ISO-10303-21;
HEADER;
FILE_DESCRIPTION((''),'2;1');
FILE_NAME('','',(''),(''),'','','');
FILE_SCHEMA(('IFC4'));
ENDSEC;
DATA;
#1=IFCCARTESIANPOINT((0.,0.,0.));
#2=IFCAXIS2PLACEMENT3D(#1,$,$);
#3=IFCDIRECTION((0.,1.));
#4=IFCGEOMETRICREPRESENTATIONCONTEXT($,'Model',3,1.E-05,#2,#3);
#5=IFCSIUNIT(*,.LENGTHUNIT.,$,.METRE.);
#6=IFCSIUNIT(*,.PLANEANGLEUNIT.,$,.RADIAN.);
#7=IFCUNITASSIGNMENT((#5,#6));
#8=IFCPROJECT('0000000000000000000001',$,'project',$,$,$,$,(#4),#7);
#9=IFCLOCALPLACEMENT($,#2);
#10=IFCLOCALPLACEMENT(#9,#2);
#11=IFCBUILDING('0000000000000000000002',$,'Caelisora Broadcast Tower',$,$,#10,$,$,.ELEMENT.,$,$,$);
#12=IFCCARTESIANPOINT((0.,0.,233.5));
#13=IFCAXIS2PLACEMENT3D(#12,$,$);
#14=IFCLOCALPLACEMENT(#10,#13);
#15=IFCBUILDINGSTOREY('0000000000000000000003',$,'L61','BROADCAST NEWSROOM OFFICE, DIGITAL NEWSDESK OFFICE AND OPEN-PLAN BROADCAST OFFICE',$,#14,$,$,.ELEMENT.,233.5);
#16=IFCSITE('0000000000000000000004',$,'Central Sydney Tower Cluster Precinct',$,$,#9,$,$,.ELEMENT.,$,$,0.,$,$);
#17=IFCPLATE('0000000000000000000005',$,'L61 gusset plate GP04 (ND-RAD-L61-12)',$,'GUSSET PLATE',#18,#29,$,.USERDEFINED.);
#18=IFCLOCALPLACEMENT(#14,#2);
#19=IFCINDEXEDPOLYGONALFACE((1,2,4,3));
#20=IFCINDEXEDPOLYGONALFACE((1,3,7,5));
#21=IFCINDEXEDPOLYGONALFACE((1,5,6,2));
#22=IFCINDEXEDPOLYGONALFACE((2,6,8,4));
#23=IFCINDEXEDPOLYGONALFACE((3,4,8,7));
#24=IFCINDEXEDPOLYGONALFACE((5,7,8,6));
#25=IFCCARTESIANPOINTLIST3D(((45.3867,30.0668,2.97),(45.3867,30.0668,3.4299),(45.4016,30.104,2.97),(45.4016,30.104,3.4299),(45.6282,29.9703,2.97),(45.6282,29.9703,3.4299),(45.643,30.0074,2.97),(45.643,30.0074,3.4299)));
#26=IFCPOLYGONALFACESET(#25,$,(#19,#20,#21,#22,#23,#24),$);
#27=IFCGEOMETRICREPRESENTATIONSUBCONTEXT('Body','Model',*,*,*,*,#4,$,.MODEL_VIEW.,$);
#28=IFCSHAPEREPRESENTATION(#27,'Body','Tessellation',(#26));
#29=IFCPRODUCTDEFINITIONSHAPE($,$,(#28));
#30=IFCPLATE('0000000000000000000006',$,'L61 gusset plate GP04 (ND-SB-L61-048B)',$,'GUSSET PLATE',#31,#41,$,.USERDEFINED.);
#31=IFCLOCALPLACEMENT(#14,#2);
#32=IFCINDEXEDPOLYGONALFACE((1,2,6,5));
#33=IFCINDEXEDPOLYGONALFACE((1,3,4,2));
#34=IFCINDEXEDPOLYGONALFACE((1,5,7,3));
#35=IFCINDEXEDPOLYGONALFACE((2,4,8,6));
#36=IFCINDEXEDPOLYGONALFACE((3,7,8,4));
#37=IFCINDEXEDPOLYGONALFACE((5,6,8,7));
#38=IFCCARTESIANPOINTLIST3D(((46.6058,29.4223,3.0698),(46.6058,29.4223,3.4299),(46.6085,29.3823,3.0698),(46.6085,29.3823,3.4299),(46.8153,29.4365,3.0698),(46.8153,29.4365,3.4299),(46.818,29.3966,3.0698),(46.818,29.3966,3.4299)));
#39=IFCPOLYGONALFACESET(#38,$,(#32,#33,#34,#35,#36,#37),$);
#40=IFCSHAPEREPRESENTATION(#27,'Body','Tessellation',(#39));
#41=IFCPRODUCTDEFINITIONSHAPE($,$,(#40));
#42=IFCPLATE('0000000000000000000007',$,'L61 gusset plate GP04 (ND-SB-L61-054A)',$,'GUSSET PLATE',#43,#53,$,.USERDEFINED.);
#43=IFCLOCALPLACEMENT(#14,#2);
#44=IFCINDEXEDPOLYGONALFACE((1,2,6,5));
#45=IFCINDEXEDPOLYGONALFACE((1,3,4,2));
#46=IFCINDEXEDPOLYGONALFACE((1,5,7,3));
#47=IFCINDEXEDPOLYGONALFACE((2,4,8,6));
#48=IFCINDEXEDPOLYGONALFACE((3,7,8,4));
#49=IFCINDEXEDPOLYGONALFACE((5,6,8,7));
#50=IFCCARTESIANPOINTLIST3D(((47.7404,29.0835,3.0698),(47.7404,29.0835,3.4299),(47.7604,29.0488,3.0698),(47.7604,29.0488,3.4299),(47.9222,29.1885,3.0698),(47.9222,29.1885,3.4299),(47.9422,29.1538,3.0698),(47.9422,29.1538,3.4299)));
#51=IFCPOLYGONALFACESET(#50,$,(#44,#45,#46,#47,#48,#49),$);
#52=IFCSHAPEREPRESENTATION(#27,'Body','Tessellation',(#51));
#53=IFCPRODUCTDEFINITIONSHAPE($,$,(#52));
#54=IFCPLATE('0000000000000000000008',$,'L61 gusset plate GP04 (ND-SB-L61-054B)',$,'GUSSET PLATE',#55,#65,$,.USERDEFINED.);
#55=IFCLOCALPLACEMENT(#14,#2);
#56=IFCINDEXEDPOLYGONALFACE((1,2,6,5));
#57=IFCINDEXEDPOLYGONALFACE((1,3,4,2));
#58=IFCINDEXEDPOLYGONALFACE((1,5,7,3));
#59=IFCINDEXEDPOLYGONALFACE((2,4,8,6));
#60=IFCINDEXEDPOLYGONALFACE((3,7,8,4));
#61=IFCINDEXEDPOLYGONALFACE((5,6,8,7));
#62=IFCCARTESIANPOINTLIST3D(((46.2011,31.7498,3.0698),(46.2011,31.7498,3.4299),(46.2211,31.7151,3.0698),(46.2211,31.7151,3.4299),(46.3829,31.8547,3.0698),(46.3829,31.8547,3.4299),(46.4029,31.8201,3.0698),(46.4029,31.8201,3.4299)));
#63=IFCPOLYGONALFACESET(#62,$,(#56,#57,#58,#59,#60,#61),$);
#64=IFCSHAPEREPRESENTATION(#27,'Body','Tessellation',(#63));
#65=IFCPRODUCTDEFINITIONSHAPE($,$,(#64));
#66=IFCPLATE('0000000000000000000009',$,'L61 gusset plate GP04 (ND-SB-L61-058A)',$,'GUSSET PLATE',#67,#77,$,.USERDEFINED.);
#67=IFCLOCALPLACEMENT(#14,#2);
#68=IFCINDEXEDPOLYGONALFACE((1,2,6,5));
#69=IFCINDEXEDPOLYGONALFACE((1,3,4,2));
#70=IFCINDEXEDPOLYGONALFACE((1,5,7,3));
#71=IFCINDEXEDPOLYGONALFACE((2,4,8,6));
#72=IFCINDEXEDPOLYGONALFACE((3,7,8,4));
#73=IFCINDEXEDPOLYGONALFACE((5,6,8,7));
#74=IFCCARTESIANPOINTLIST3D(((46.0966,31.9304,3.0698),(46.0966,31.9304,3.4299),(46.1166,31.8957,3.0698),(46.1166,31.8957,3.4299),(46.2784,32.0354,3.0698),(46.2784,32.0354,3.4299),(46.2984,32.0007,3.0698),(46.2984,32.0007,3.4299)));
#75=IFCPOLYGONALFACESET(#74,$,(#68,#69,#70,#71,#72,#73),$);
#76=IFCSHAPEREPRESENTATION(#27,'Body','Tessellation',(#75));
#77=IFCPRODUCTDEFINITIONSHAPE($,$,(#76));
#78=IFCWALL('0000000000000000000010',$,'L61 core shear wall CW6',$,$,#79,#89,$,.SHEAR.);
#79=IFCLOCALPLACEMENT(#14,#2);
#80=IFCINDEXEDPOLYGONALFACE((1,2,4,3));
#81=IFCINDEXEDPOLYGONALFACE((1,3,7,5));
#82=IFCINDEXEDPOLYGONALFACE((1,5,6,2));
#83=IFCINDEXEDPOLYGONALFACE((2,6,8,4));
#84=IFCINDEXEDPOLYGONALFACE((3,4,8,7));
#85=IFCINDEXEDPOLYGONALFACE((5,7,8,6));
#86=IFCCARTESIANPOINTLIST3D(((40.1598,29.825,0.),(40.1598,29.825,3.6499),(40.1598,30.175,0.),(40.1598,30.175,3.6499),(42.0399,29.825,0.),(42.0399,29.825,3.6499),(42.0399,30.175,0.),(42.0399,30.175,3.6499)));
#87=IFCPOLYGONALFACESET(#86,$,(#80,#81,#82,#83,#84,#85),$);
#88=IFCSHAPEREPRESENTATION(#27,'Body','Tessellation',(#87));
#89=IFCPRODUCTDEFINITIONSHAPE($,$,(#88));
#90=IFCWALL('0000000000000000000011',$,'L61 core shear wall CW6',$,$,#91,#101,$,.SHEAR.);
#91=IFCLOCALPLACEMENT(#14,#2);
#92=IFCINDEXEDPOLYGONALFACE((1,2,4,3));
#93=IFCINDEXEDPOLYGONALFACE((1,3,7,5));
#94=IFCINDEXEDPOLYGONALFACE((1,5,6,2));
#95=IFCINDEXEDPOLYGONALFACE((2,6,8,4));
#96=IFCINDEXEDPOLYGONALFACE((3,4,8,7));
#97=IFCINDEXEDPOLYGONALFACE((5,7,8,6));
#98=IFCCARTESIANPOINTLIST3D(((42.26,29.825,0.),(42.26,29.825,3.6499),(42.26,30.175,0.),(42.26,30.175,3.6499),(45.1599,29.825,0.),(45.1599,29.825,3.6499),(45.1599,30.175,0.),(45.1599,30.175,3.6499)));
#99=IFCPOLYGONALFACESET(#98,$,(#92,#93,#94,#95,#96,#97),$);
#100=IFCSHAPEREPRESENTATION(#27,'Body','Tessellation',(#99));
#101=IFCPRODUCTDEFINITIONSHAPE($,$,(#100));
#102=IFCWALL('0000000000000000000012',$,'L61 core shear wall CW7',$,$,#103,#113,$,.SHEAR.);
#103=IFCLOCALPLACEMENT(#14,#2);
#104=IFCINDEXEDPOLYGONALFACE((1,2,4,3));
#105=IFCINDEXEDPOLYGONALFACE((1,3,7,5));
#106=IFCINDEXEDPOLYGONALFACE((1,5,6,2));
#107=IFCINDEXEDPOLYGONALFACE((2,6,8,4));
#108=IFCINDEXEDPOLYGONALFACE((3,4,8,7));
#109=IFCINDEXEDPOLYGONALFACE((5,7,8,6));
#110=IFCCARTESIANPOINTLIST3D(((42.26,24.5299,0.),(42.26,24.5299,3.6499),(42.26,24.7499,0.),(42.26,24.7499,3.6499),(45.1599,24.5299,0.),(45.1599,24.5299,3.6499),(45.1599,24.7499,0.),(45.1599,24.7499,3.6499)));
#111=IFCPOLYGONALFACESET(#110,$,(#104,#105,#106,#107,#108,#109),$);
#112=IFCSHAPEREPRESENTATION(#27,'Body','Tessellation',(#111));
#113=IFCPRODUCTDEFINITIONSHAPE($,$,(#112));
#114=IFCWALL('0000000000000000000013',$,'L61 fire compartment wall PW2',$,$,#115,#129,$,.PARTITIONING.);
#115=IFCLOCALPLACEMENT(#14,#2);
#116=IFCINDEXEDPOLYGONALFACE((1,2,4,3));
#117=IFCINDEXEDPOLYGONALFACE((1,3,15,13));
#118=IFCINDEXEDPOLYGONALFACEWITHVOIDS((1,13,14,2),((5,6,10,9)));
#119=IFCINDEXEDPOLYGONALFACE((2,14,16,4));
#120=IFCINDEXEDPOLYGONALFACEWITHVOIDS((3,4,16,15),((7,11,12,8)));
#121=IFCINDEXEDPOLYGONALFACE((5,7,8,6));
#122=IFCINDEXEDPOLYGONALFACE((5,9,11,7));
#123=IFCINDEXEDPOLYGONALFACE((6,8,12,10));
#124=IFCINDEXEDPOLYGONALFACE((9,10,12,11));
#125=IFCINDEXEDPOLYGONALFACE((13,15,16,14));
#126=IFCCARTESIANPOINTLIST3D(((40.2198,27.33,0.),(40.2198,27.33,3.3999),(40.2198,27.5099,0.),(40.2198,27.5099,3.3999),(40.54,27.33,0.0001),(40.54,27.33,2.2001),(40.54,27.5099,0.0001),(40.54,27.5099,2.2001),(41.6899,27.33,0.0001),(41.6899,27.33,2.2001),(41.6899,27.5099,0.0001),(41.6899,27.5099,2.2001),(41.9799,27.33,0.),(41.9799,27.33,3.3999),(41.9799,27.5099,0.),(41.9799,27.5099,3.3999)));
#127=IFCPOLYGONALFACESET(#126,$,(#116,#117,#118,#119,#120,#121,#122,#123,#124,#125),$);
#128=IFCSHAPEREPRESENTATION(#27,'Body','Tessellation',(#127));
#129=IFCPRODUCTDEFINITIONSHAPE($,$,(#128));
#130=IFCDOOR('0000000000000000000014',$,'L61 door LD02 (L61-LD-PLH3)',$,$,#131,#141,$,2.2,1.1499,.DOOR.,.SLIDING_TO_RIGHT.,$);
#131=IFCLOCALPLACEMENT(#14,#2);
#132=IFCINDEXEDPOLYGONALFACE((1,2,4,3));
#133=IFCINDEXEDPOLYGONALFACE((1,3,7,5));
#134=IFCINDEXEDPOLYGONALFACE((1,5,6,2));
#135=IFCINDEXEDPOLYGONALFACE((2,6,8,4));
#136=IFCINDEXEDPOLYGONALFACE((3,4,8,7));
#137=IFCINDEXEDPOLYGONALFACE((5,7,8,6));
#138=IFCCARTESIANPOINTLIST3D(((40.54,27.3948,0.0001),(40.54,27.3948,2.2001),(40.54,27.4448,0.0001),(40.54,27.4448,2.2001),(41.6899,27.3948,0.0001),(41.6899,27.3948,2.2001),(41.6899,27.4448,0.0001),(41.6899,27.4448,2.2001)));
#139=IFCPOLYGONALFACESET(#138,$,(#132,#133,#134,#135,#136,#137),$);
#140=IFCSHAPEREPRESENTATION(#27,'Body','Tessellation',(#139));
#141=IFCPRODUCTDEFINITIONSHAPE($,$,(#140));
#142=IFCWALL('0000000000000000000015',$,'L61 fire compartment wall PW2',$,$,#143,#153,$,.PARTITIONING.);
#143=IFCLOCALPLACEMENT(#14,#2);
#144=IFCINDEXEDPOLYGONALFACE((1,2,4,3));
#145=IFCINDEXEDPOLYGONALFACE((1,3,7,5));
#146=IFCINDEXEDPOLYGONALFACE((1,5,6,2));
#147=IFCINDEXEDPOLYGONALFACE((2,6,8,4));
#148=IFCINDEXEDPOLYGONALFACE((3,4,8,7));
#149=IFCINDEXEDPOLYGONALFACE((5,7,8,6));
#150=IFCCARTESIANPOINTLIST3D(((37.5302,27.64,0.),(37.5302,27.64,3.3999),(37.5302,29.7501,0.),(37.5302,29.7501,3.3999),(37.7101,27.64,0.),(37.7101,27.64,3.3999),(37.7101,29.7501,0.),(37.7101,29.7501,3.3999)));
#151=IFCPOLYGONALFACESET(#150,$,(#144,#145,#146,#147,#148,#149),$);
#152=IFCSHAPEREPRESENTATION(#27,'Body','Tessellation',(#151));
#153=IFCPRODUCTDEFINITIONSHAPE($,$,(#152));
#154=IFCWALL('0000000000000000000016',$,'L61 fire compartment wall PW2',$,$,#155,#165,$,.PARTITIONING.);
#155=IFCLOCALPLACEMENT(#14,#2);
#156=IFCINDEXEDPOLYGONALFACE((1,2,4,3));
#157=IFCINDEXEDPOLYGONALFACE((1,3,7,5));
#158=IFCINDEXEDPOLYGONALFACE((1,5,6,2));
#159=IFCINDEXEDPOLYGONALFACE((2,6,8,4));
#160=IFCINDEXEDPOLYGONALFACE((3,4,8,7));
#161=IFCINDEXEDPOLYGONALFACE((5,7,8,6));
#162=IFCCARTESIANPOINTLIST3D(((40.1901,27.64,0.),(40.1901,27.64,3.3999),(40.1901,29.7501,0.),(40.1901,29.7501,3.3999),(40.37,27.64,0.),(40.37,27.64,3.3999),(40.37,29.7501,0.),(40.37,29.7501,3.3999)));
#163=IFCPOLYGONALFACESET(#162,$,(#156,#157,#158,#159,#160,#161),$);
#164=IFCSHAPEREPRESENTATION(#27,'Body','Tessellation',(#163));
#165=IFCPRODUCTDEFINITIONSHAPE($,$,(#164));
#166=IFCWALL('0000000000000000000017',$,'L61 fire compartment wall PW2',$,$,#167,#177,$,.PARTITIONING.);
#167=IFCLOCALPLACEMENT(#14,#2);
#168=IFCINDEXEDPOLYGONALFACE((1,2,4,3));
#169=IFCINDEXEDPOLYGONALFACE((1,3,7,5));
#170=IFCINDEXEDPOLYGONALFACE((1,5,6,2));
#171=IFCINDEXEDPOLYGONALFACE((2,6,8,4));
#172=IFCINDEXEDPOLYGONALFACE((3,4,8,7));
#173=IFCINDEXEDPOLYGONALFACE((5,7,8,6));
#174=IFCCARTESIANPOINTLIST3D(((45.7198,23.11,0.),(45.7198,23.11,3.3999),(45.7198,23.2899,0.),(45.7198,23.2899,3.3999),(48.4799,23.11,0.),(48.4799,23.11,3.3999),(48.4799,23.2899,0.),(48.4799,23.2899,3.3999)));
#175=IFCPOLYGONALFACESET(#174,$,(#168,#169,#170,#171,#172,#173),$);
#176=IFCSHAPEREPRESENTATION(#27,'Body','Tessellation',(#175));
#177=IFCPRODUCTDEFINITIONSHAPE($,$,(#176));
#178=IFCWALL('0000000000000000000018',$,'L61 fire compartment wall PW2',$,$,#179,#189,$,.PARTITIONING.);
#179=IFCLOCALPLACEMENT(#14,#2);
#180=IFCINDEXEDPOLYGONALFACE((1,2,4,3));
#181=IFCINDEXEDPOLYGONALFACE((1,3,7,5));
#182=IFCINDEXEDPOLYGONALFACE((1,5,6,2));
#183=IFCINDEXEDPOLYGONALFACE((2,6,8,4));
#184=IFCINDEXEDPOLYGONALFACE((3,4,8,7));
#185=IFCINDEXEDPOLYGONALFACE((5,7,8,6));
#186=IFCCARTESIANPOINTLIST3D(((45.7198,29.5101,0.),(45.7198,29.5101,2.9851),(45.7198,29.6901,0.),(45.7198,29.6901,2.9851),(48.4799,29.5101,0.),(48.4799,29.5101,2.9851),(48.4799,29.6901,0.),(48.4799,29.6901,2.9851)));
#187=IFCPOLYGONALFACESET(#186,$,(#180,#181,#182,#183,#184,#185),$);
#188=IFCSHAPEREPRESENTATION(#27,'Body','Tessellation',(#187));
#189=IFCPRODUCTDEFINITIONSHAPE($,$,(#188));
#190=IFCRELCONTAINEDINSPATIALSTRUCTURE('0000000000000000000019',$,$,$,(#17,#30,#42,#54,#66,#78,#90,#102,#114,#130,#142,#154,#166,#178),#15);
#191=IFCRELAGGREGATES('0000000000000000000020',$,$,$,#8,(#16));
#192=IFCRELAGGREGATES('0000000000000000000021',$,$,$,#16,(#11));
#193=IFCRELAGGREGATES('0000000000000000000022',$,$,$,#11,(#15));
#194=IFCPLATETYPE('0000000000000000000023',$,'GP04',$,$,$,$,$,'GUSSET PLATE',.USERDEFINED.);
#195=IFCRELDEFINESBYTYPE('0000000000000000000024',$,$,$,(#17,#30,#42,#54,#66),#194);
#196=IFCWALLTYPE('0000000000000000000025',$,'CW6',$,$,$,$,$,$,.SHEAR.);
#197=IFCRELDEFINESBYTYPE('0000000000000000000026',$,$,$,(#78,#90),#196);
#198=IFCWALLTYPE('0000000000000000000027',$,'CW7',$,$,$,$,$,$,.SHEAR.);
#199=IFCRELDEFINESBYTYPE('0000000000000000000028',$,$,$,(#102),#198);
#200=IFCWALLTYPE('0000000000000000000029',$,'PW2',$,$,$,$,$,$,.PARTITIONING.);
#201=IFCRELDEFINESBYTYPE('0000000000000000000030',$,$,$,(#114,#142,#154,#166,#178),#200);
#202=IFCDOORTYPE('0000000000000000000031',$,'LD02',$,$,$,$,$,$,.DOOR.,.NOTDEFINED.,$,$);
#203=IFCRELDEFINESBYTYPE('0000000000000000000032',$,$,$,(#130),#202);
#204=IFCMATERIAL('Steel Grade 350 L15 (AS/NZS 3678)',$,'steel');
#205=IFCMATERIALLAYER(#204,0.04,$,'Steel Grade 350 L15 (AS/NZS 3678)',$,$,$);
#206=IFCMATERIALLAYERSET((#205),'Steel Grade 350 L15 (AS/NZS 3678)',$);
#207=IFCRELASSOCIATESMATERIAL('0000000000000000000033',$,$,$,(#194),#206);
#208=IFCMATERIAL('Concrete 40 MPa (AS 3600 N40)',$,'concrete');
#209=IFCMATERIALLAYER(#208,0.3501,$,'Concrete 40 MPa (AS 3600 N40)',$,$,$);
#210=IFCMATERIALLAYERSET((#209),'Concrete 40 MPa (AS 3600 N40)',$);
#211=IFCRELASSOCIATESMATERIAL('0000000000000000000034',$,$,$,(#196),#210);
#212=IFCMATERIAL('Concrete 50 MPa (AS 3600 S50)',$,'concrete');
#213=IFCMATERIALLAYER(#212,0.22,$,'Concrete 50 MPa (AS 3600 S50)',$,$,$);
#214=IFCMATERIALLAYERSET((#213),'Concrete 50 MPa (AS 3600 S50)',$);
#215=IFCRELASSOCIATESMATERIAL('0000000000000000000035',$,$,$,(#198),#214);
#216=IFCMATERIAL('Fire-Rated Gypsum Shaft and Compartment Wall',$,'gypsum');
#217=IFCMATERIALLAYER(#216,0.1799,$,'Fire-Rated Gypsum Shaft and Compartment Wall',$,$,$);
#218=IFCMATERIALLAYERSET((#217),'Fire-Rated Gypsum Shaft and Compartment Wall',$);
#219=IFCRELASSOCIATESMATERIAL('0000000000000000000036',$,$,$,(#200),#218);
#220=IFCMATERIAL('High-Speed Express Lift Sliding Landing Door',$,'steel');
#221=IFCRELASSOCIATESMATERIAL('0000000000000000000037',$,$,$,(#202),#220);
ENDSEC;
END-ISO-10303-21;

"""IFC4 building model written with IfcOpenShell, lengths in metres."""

from ifc_helpers import new_model, si_unit, direction, frame, frame_2d, origin, origin_2d, place, context, subcontext, project, spatial, rectangle, extrude, source, transform, mapped, material, layer, layer_set, type_object, type_shapes, element, fill, save


model = new_model("IFC4")

# Units and contexts
model_context = context("Model", 3, precision=1e-05, world=origin(), true_north=direction((0.0, 1.0)))
body_context = subcontext(model_context, "Body", "Model", "MODEL_VIEW")
ifc_project = project(units=[si_unit("LENGTHUNIT", "METRE"), si_unit("PLANEANGLEUNIT", "RADIAN")], contexts=[model_context])

# Site, building, storey
site_placement = place(None, origin())
site = spatial("IfcSite", under=ifc_project, at=site_placement, Name="Central Sydney Tower Cluster Precinct", CompositionType="ELEMENT", RefElevation=0.0)
building_placement = place(site_placement, origin())
building = spatial("IfcBuilding", under=site, at=building_placement, Name="Caelisora Broadcast Tower", CompositionType="ELEMENT")
storey_placement = place(building_placement, frame((0.0, 0.0, 233.5)))
storey = spatial("IfcBuildingStorey", under=building, at=storey_placement, Name="L61", Description="BROADCAST NEWSROOM OFFICE, DIGITAL NEWSDESK OFFICE AND OPEN-PLAN BROADCAST OFFICE", CompositionType="ELEMENT", Elevation=233.5)

# Shared definitions
ifc_material_1 = material(Name="Concrete 50 MPa (AS 3600 S50)", Category="concrete")

# Plates
ifc_material_2 = material(Name="Steel Grade 350 L15 (AS/NZS 3678)", Category="steel")
ifc_layer_1 = layer(ifc_material_2, 0.04, Name="Steel Grade 350 L15 (AS/NZS 3678)")
ifc_layer_set_1 = layer_set([ifc_layer_1], Name="Steel Grade 350 L15 (AS/NZS 3678)")
plate_type = type_object("IfcPlateType", Name="GP04", ElementType="GUSSET PLATE", PredefinedType="USERDEFINED", material=ifc_layer_set_1)
shared_shape_1 = source(origin(), body_context, "Body", "SweptSolid", [
    extrude(rectangle(XDim=0.26, YDim=0.04, at=origin_2d()), origin(), (0.0, 0.0, 1.0), 0.46),
])
for number, where, z_axis, x_axis, name in (
    (1, (45.5149, 30.0371, 2.97), (0.0, 0.0, 1.0), (-0.928551, 0.371206, 0.0), "L61 gusset plate GP04 (ND-RAD-L61-12)"),
):
    element("IfcPlate", number, at=place(storey_placement, frame(where, z_axis=z_axis, x_axis=x_axis)), inside=storey, type_object=plate_type, Name=name, ObjectType="GUSSET PLATE", PredefinedType="USERDEFINED", context=body_context, shape_type="MappedRepresentation", body=[
        mapped(shared_shape_1, transform((0.0, 0.0, 0.0), scale=1.0)),
    ])
shared_shape_2 = source(origin(), body_context, "Body", "SweptSolid", [
    extrude(rectangle(XDim=0.21, YDim=0.04, at=origin_2d()), origin(), (0.0, 0.0, 1.0), 0.3601),
])
type_shapes(plate_type, [shared_shape_1, shared_shape_2])
for number, where, z_axis, x_axis, name in (
    (2, (46.7119, 29.4094, 3.0698), (0.0, 0.0, 1.0), (-0.997708, -0.067667, 0.0), "L61 gusset plate GP04 (ND-SB-L61-048B)"),
    (3, (47.8413, 29.1187, 3.0698), (0.0, 0.0, 1.0), (-0.866025, -0.5, 0.0), "L61 gusset plate GP04 (ND-SB-L61-054A)"),
    (4, (46.302, 31.7849, 3.0698), (0.0, 0.0, 1.0), (-0.866025, -0.5, 0.0), "L61 gusset plate GP04 (ND-SB-L61-054B)"),
    (5, (46.1975, 31.9656, 3.0698), (0.0, 0.0, 1.0), (-0.866025, -0.5, 0.0), "L61 gusset plate GP04 (ND-SB-L61-058A)"),
):
    element("IfcPlate", number, at=place(storey_placement, frame(where, z_axis=z_axis, x_axis=x_axis)), inside=storey, type_object=plate_type, Name=name, ObjectType="GUSSET PLATE", PredefinedType="USERDEFINED", context=body_context, shape_type="MappedRepresentation", body=[
        mapped(shared_shape_2, transform((0.0, 0.0, 0.0), scale=1.0)),
    ])

# Walls
ifc_material_3 = material(Name="Concrete 40 MPa (AS 3600 N40)", Category="concrete")
ifc_layer_2 = layer(ifc_material_3, 0.3501, Name="Concrete 40 MPa (AS 3600 N40)")
ifc_layer_set_2 = layer_set([ifc_layer_2], Name="Concrete 40 MPa (AS 3600 N40)")
wall_type_1 = type_object("IfcWallType", Name="CW6", PredefinedType="SHEAR", material=ifc_layer_set_2)
wall_1_placement = place(storey_placement, frame((40.1599, 30.0, 0.0), z_axis=(0.0, 0.0, 1.0), x_axis=(1.0, 0.0, 0.0)))
element("IfcWall", 6, at=wall_1_placement, inside=storey, type_object=wall_type_1, Name="L61 core shear wall CW6", PredefinedType="SHEAR", context=body_context, shape_type="SweptSolid", body=[
    extrude(rectangle(XDim=1.8801, YDim=0.3501, at=frame_2d((0.9399, 0.0))), origin(), (0.0, 0.0, 1.0), 3.6499),
])
wall_2_placement = place(storey_placement, frame((42.26, 30.0, 0.0), z_axis=(0.0, 0.0, 1.0), x_axis=(1.0, 0.0, 0.0)))
element("IfcWall", 7, at=wall_2_placement, inside=storey, type_object=wall_type_1, Name="L61 core shear wall CW6", PredefinedType="SHEAR", context=body_context, shape_type="SweptSolid", body=[
    extrude(rectangle(XDim=2.8999, YDim=0.3501, at=frame_2d((1.45, 0.0))), origin(), (0.0, 0.0, 1.0), 3.6499),
])
ifc_layer_3 = layer(ifc_material_1, 0.22, Name="Concrete 50 MPa (AS 3600 S50)")
ifc_layer_set_3 = layer_set([ifc_layer_3], Name="Concrete 50 MPa (AS 3600 S50)")
wall_type_2 = type_object("IfcWallType", Name="CW7", PredefinedType="SHEAR", material=ifc_layer_set_3)
wall_3_placement = place(storey_placement, frame((42.26, 24.6399, 0.0), z_axis=(0.0, 0.0, 1.0), x_axis=(1.0, 0.0, 0.0)))
element("IfcWall", 8, at=wall_3_placement, inside=storey, type_object=wall_type_2, Name="L61 core shear wall CW7", PredefinedType="SHEAR", context=body_context, shape_type="SweptSolid", body=[
    extrude(rectangle(XDim=2.8999, YDim=0.22, at=frame_2d((1.45, 0.0))), origin(), (0.0, 0.0, 1.0), 3.6499),
])

# Wall, opening, door
ifc_material_4 = material(Name="Fire-Rated Gypsum Shaft and Compartment Wall", Category="gypsum")
ifc_layer_4 = layer(ifc_material_4, 0.1799, Name="Fire-Rated Gypsum Shaft and Compartment Wall")
ifc_layer_set_4 = layer_set([ifc_layer_4], Name="Fire-Rated Gypsum Shaft and Compartment Wall")
wall_type_3 = type_object("IfcWallType", Name="PW2", PredefinedType="PARTITIONING", material=ifc_layer_set_4)
wall_4_placement = place(storey_placement, frame((40.22, 27.4199, 0.0), z_axis=(0.0, 0.0, 1.0), x_axis=(1.0, 0.0, 0.0)))
wall_4 = element("IfcWall", 9, at=wall_4_placement, inside=storey, type_object=wall_type_3, Name="L61 fire compartment wall PW2", PredefinedType="PARTITIONING", context=body_context, shape_type="SweptSolid", body=[
    extrude(rectangle(XDim=1.76, YDim=0.1799, at=frame_2d((0.8799, 0.0))), origin(), (0.0, 0.0, 1.0), 3.3999),
])
opening_placement = place(wall_4_placement, frame((0.3201, 0.0, 0.0)))
opening = element("IfcOpeningElement", 10, at=opening_placement, cuts=wall_4, PredefinedType="OPENING", context=body_context, shape_type="SweptSolid", body=[
    extrude(rectangle(XDim=1.1499, YDim=2.2, at=frame_2d((0.575, 1.1001))), frame((0.0, 0.1021, 0.0), z_axis=(0.0, -1.0, 0.0), x_axis=(1.0, 0.0, 0.0)), (0.0, 0.0, 1.0), 0.2039),
])
ifc_material_5 = material(Name="High-Speed Express Lift Sliding Landing Door", Category="steel")
door_type = type_object("IfcDoorType", Name="LD02", OperationType="NOTDEFINED", PredefinedType="DOOR", material=ifc_material_5)
door_placement = place(opening_placement, origin())
door = element("IfcDoor", 11, at=door_placement, inside=storey, type_object=door_type, Name="L61 door LD02 (L61-LD-PLH3)", OperationType="SLIDING_TO_RIGHT", OverallHeight=2.2, OverallWidth=1.1499, PredefinedType="DOOR", context=body_context, shape_type="SweptSolid", body=[
    extrude(rectangle(XDim=1.1499, YDim=2.2, at=frame_2d((0.575, 1.1001))), frame((0.0, 0.0249, 0.0), z_axis=(0.0, -1.0, 0.0), x_axis=(1.0, 0.0, 0.0)), (0.0, 0.0, 1.0), 0.05),
])
fill(opening, door)

# Walls
for number, where, z_axis, x_axis, name in (
    (12, (37.6201, 27.6399, 0.0), (0.0, 0.0, 1.0), (0.0, 1.0, 0.0), "L61 fire compartment wall PW2"),
    (13, (40.28, 27.6399, 0.0), (0.0, 0.0, 1.0), (0.0, 1.0, 0.0), "L61 fire compartment wall PW2"),
):
    element("IfcWall", number, at=place(storey_placement, frame(where, z_axis=z_axis, x_axis=x_axis)), inside=storey, type_object=wall_type_3, Name=name, PredefinedType="PARTITIONING", context=body_context, shape_type="SweptSolid", body=[
        extrude(rectangle(XDim=2.1101, YDim=0.1799, at=frame_2d((1.0552, 0.0))), origin(), (0.0, 0.0, 1.0), 3.3999),
    ])
wall_5_placement = place(storey_placement, frame((45.72, 23.2, 0.0), z_axis=(0.0, 0.0, 1.0), x_axis=(1.0, 0.0, 0.0)))
element("IfcWall", 14, at=wall_5_placement, inside=storey, type_object=wall_type_3, Name="L61 fire compartment wall PW2", PredefinedType="PARTITIONING", context=body_context, shape_type="SweptSolid", body=[
    extrude(rectangle(XDim=2.76, YDim=0.1799, at=frame_2d((1.3799, 0.0))), origin(), (0.0, 0.0, 1.0), 3.3999),
])
wall_6_placement = place(storey_placement, frame((45.72, 29.6001, 0.0), z_axis=(0.0, 0.0, 1.0), x_axis=(1.0, 0.0, 0.0)))
element("IfcWall", 15, at=wall_6_placement, inside=storey, type_object=wall_type_3, Name="L61 fire compartment wall PW2", PredefinedType="PARTITIONING", context=body_context, shape_type="SweptSolid", body=[
    extrude(rectangle(XDim=2.76, YDim=0.1799, at=frame_2d((1.3799, 0.0))), origin(), (0.0, 0.0, 1.0), 2.9851),
])

save(model, "model.ifc")
